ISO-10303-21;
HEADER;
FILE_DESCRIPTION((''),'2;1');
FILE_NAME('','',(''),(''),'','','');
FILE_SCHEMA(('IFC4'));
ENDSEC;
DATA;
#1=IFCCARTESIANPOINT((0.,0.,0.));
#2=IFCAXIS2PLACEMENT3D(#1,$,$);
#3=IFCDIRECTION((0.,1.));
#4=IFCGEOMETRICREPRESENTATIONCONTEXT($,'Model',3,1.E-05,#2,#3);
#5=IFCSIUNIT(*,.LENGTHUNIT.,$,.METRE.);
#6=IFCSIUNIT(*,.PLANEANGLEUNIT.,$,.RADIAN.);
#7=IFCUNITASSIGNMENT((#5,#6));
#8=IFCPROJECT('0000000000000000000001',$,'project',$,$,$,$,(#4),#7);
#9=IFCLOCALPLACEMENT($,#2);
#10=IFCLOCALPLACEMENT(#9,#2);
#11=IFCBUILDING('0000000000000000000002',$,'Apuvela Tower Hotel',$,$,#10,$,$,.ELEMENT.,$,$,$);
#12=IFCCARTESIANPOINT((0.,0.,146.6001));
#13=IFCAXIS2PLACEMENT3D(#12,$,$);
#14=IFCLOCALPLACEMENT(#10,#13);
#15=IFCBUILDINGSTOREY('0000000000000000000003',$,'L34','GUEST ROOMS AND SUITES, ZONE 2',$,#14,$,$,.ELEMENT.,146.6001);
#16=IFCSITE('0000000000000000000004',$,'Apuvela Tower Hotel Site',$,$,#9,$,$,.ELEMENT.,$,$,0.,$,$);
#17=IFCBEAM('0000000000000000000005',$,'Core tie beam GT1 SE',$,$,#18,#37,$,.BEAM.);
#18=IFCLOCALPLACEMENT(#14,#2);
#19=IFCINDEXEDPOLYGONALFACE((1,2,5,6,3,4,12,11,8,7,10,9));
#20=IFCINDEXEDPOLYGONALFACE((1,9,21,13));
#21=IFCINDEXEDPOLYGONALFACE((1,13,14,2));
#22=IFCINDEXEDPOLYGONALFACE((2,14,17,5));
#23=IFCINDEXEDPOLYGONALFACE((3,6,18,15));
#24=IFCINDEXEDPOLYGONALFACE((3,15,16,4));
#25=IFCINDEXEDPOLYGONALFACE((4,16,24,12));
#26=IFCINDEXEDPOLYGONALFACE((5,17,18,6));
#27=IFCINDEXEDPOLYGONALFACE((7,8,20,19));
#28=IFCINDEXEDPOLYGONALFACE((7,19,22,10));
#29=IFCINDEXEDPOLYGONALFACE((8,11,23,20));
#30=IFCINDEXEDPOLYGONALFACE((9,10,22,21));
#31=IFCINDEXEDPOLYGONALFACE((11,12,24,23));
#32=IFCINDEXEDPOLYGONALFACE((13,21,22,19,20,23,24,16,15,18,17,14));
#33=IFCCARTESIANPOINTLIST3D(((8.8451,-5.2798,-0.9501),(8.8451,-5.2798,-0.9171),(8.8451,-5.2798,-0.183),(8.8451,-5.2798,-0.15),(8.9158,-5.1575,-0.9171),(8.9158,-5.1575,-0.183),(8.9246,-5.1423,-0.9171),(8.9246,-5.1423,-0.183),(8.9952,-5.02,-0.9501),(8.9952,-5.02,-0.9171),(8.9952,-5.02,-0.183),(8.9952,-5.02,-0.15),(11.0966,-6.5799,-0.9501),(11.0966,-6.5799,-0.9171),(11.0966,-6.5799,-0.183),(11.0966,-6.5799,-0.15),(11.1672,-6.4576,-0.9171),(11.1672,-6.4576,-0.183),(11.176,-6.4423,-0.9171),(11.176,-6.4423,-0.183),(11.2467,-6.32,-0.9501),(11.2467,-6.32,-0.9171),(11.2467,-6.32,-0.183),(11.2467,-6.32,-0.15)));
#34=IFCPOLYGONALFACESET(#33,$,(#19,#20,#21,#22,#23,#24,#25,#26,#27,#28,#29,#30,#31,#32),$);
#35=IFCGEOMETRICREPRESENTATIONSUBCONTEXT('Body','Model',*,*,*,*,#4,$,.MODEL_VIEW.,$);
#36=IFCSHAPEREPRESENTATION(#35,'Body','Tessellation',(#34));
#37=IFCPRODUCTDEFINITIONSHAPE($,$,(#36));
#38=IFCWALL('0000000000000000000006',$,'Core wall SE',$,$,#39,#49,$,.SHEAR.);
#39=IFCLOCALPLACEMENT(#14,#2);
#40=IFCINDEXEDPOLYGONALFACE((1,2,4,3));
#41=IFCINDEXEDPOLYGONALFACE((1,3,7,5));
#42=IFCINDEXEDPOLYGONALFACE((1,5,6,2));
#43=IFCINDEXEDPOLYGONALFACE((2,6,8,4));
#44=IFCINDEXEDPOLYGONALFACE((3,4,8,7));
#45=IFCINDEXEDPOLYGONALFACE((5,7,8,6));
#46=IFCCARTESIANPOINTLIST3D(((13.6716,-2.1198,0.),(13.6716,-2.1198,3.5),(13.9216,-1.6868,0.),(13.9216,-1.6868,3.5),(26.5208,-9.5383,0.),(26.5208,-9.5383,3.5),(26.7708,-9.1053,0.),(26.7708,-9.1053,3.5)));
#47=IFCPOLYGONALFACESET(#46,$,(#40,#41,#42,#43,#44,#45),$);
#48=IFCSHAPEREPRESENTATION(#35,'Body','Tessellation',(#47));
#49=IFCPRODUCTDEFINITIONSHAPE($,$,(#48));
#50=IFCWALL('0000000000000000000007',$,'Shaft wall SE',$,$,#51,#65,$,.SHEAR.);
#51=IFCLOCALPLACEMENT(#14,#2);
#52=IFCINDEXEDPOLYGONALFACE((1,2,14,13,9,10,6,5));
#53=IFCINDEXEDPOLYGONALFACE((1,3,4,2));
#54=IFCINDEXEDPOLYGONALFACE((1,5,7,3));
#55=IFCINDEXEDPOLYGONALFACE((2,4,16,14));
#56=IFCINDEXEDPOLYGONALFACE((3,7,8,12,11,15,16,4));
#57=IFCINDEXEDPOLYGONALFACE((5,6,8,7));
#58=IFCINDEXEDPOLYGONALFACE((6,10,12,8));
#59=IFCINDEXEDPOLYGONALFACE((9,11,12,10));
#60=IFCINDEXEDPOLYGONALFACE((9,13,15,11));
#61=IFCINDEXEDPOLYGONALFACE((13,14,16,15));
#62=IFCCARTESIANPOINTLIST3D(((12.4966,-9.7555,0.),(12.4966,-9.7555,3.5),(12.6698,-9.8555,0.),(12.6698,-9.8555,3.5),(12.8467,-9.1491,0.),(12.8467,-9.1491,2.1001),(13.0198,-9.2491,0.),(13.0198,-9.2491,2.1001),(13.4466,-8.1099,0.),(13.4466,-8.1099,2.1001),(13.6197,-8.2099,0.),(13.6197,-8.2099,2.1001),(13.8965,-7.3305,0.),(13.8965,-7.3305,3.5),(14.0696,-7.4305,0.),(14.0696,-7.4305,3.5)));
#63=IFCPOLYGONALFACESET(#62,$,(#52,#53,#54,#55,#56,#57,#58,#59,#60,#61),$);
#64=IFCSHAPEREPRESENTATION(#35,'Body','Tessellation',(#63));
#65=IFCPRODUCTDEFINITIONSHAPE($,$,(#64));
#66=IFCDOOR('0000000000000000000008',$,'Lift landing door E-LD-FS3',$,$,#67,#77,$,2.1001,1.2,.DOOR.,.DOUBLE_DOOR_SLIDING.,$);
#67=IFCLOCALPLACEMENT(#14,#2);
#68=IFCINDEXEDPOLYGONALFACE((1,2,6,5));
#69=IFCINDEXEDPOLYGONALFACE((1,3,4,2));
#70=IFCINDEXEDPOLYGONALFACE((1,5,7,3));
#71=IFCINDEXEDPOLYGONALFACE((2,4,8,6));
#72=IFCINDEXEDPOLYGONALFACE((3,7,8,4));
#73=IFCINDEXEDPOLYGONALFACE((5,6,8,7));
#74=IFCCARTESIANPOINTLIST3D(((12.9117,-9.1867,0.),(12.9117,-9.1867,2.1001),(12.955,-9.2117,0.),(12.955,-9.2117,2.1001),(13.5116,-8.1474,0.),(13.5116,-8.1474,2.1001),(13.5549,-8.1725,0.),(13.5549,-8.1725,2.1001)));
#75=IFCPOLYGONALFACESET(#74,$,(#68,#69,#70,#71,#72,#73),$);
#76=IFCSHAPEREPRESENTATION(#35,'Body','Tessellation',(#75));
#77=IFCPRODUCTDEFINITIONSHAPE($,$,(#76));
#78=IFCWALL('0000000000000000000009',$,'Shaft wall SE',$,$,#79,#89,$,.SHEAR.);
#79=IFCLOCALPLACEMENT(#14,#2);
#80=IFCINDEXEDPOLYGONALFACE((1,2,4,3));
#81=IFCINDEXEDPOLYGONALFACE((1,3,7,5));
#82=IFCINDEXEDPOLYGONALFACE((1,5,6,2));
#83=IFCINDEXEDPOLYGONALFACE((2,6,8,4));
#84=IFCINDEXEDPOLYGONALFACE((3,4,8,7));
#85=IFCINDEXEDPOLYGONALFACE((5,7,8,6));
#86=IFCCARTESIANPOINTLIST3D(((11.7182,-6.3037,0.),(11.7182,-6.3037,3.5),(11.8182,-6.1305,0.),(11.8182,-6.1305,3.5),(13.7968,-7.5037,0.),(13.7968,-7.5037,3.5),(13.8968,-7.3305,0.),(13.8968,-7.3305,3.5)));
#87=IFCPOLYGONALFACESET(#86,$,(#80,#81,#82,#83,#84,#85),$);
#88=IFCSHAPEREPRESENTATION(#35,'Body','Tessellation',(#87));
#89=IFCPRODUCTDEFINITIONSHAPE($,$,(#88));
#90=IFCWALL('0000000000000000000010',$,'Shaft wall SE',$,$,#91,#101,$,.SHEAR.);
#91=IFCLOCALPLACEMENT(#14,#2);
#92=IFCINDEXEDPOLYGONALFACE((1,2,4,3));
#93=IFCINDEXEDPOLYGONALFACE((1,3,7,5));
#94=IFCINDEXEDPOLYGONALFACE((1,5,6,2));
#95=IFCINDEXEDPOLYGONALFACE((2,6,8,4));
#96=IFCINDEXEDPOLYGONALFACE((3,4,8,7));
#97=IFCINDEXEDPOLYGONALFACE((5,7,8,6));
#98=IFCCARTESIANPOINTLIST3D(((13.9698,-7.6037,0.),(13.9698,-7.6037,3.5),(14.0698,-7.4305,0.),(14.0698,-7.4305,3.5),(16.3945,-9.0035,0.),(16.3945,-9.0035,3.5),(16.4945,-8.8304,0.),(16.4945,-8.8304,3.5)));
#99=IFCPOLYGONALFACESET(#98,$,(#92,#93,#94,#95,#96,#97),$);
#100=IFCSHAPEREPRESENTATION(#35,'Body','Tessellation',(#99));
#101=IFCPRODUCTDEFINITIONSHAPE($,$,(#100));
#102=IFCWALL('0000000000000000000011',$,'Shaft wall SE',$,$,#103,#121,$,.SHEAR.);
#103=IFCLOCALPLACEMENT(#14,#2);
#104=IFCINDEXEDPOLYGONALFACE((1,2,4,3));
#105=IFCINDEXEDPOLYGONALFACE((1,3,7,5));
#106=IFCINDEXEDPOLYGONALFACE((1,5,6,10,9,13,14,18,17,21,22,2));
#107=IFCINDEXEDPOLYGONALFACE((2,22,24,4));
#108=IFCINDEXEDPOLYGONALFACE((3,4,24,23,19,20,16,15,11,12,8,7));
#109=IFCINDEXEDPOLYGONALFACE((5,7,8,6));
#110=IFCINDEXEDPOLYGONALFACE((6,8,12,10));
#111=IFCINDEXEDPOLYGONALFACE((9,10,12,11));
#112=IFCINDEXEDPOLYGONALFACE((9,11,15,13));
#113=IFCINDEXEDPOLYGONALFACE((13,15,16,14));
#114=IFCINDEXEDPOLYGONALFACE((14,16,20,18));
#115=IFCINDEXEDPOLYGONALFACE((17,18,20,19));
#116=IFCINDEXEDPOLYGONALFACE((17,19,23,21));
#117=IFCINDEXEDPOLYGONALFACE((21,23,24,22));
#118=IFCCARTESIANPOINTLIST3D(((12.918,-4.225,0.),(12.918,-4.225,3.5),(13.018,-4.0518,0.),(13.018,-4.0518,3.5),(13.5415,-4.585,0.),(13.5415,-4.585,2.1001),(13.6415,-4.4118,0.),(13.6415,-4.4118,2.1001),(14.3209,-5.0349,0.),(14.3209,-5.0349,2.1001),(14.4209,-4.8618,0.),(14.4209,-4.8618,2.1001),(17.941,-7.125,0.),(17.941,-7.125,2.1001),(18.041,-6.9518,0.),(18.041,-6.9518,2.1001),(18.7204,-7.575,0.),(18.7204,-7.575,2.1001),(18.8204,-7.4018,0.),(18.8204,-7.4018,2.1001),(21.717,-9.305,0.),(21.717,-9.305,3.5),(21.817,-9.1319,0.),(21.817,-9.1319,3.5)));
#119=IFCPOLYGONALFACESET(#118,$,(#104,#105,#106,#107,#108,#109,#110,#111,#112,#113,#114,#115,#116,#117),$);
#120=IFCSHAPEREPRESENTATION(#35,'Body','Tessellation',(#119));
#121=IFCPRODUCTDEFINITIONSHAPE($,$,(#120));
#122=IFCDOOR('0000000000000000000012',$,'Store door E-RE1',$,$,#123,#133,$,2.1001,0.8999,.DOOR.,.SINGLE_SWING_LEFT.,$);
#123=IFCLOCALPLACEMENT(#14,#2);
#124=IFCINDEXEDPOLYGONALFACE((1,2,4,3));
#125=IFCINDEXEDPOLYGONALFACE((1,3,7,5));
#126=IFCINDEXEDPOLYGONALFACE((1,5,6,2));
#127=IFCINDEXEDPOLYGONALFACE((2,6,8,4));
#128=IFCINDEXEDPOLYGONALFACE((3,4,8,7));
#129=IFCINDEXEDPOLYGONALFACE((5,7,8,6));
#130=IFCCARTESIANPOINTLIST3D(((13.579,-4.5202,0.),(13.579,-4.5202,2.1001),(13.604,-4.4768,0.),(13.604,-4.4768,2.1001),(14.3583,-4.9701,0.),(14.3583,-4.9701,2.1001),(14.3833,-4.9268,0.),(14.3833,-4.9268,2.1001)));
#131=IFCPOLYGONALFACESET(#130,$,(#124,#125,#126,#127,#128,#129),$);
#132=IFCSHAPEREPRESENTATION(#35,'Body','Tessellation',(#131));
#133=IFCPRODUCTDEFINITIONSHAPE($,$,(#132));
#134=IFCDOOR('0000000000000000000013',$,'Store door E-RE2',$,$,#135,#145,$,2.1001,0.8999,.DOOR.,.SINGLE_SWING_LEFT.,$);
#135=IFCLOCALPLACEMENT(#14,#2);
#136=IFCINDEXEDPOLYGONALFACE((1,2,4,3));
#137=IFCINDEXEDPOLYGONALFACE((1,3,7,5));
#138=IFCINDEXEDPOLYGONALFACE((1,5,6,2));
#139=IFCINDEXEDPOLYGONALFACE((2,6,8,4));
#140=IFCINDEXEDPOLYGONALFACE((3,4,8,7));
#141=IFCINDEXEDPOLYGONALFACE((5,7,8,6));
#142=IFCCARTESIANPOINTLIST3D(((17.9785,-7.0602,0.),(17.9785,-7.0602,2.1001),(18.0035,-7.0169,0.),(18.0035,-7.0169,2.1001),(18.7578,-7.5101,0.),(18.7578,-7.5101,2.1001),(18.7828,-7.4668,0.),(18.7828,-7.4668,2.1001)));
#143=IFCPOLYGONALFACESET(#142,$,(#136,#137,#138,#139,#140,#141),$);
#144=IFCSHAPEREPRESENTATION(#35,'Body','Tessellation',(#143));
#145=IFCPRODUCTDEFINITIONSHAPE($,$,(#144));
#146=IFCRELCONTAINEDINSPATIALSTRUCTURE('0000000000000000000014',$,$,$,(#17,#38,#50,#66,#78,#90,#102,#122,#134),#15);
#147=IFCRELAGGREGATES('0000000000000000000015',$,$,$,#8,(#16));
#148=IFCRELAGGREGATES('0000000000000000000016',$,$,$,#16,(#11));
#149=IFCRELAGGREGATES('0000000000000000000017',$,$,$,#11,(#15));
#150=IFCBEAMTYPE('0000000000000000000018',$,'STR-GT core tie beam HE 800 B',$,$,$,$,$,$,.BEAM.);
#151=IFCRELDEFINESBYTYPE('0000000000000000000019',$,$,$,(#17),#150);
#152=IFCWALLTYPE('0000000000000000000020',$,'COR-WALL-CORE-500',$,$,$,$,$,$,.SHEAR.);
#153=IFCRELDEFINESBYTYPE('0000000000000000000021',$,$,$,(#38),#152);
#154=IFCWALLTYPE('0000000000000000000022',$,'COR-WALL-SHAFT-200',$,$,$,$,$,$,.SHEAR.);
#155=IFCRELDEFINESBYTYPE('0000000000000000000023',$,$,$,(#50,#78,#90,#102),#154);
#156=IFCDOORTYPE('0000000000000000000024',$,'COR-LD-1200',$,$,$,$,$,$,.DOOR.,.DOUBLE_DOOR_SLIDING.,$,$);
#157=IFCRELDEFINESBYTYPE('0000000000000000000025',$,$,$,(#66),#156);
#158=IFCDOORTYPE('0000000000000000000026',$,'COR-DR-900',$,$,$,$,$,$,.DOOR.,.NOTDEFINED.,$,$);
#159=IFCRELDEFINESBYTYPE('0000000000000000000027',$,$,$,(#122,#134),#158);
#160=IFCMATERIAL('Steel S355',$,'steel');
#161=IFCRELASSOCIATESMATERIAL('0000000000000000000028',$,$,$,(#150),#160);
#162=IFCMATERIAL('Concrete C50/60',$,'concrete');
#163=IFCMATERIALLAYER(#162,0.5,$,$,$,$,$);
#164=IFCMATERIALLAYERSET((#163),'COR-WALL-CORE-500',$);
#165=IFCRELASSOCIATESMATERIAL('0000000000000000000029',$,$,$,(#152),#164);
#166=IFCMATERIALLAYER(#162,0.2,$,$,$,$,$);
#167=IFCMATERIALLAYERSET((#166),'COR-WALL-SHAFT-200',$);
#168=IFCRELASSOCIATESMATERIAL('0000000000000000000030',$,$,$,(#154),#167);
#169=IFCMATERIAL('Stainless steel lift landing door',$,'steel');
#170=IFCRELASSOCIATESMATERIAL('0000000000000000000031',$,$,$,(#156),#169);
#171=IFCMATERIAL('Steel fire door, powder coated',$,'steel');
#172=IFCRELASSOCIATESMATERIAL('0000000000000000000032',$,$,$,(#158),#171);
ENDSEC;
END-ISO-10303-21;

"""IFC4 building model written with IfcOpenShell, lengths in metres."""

from ifc_helpers import new_model, si_unit, direction, frame, frame_2d, origin, origin_2d, place, context, subcontext, project, spatial, rectangle, i_section, extrude, material, layer, layer_set, material_profile, profile_set, type_object, element, fill, save


model = new_model("IFC4")

# Units and contexts
model_context = context("Model", 3, precision=1e-05, world=origin(), true_north=direction((0.0, 1.0)))
body_context = subcontext(model_context, "Body", "Model", "MODEL_VIEW")
ifc_project = project(units=[si_unit("LENGTHUNIT", "METRE"), si_unit("PLANEANGLEUNIT", "RADIAN")], contexts=[model_context])

# Site, building, storey
site_placement = place(None, origin())
site = spatial("IfcSite", under=ifc_project, at=site_placement, Name="Apuvela Tower Hotel Site", CompositionType="ELEMENT", RefElevation=0.0)
building_placement = place(site_placement, origin())
building = spatial("IfcBuilding", under=site, at=building_placement, Name="Apuvela Tower Hotel", CompositionType="ELEMENT")
storey_placement = place(building_placement, frame((0.0, 0.0, 146.6001)))
storey = spatial("IfcBuildingStorey", under=building, at=storey_placement, Name="L34", Description="GUEST ROOMS AND SUITES, ZONE 2", CompositionType="ELEMENT", Elevation=146.6001)

# Beam
ifc_material_1 = material(Name="Steel S355", Category="steel")
ifc_material_profile = material_profile(ifc_material_1, i_section(OverallWidth=0.3, OverallDepth=0.8, WebThickness=0.0176, FlangeThickness=0.033, at=origin_2d()), Name="HE 800 B")
ifc_profile_set = profile_set([ifc_material_profile], Name="Steel S355")
beam_type = type_object("IfcBeamType", Name="STR-GT core tie beam HE 800 B", PredefinedType="BEAM", material=ifc_profile_set)
beam_placement = place(storey_placement, frame((11.1716, -6.45, -0.55), z_axis=(-0.865998, 0.500048, 0.0), x_axis=(-0.500048, -0.865998, 0.0)))
element("IfcBeam", 1, at=beam_placement, inside=storey, type_object=beam_type, Name="Core tie beam GT1 SE", PredefinedType="BEAM", context=body_context, shape_type="SweptSolid", body=[
    extrude(i_section(OverallWidth=0.3, OverallDepth=0.8, WebThickness=0.0176, FlangeThickness=0.033, at=origin_2d()), origin(), (0.0, 0.0, 1.0), 2.5999),
])

# Wall
ifc_material_2 = material(Name="Concrete C50/60", Category="concrete")
ifc_layer_1 = layer(ifc_material_2, 0.5)
ifc_layer_set_1 = layer_set([ifc_layer_1], Name="COR-WALL-CORE-500")
wall_type_1 = type_object("IfcWallType", Name="COR-WALL-CORE-500", PredefinedType="SHEAR", material=ifc_layer_set_1)
wall_1_placement = place(storey_placement, frame((13.7966, -1.9033, 0.0), z_axis=(0.0, 0.0, 1.0), x_axis=(0.866025, -0.500001, 0.0)))
element("IfcWall", 2, at=wall_1_placement, inside=storey, type_object=wall_type_1, Name="Core wall SE", PredefinedType="SHEAR", context=body_context, shape_type="SweptSolid", body=[
    extrude(rectangle(XDim=14.8369, YDim=0.5, at=frame_2d((7.4185, 0.0))), origin(), (0.0, 0.0, 1.0), 3.5),
])

# Wall, opening, door
ifc_layer_2 = layer(ifc_material_2, 0.2)
ifc_layer_set_2 = layer_set([ifc_layer_2], Name="COR-WALL-SHAFT-200")
wall_type_2 = type_object("IfcWallType", Name="COR-WALL-SHAFT-200", PredefinedType="SHEAR", material=ifc_layer_set_2)
wall_2_placement = place(storey_placement, frame((12.5833, -9.8054, 0.0), z_axis=(0.0, 0.0, 1.0), x_axis=(0.499946, 0.866056, 0.0)))
wall_2 = element("IfcWall", 3, at=wall_2_placement, inside=storey, type_object=wall_type_2, Name="Shaft wall SE", PredefinedType="SHEAR", context=body_context, shape_type="SweptSolid", body=[
    extrude(rectangle(XDim=2.8, YDim=0.2, at=frame_2d((1.3999, 0.0))), origin(), (0.0, 0.0, 1.0), 3.5),
])
opening_1_placement = place(wall_2_placement, frame((0.7, 0.0, 0.0)))
opening_1 = element("IfcOpeningElement", 4, at=opening_1_placement, cuts=wall_2, PredefinedType="OPENING", context=body_context, shape_type="SweptSolid", body=[
    extrude(rectangle(XDim=1.2, YDim=2.1001, at=frame_2d((0.6001, 1.05))), frame((0.0, 0.1099, 0.0), z_axis=(0.0, -1.0, 0.0), x_axis=(1.0, 0.0, 0.0)), (0.0, 0.0, 1.0), 0.22),
])
ifc_material_3 = material(Name="Stainless steel lift landing door", Category="steel")
door_type_1 = type_object("IfcDoorType", Name="COR-LD-1200", OperationType="DOUBLE_DOOR_SLIDING", PredefinedType="DOOR", material=ifc_material_3)
door_1_placement = place(opening_1_placement, origin())
door_1 = element("IfcDoor", 5, at=door_1_placement, inside=storey, type_object=door_type_1, Name="Lift landing door E-LD-FS3", OperationType="DOUBLE_DOOR_SLIDING", OverallHeight=2.1001, OverallWidth=1.2, PredefinedType="DOOR", context=body_context, shape_type="SweptSolid", body=[
    extrude(rectangle(XDim=1.2, YDim=2.1001, at=frame_2d((0.6001, 1.05))), frame((0.0, 0.0249, 0.0), z_axis=(0.0, -1.0, 0.0), x_axis=(1.0, 0.0, 0.0)), (0.0, 0.0, 1.0), 0.05),
])
fill(opening_1, door_1)

# Walls
wall_3_placement = place(storey_placement, frame((11.7681, -6.217, 0.0), z_axis=(0.0, 0.0, 1.0), x_axis=(0.86605, -0.499957, 0.0)))
element("IfcWall", 6, at=wall_3_placement, inside=storey, type_object=wall_type_2, Name="Shaft wall SE", PredefinedType="SHEAR", context=body_context, shape_type="SweptSolid", body=[
    extrude(rectangle(XDim=2.4001, YDim=0.2, at=frame_2d((1.2002, 0.0))), origin(), (0.0, 0.0, 1.0), 3.5),
])
wall_4_placement = place(storey_placement, frame((14.0198, -7.5171, 0.0), z_axis=(0.0, 0.0, 1.0), x_axis=(0.866035, -0.499984, 0.0)))
element("IfcWall", 7, at=wall_4_placement, inside=storey, type_object=wall_type_2, Name="Shaft wall SE", PredefinedType="SHEAR", context=body_context, shape_type="SweptSolid", body=[
    extrude(rectangle(XDim=2.7998, YDim=0.2, at=frame_2d((1.3999, 0.0))), origin(), (0.0, 0.0, 1.0), 3.5),
])

# Wall, openings, doors
wall_5_placement = place(storey_placement, frame((12.968, -4.1384, 0.0), z_axis=(0.0, 0.0, 1.0), x_axis=(0.866028, -0.499995, 0.0)))
wall_5 = element("IfcWall", 8, at=wall_5_placement, inside=storey, type_object=wall_type_2, Name="Shaft wall SE", PredefinedType="SHEAR", context=body_context, shape_type="SweptSolid", body=[
    extrude(rectangle(XDim=10.1602, YDim=0.2, at=frame_2d((5.0801, 0.0))), origin(), (0.0, 0.0, 1.0), 3.5),
])
opening_2_placement = place(wall_5_placement, frame((0.72, 0.0, 0.0)))
opening_2 = element("IfcOpeningElement", 9, at=opening_2_placement, cuts=wall_5, PredefinedType="OPENING", context=body_context, shape_type="SweptSolid", body=[
    extrude(rectangle(XDim=0.8999, YDim=2.1001, at=frame_2d((0.45, 1.05))), frame((0.0, 0.1099, 0.0), z_axis=(0.0, -1.0, 0.0), x_axis=(1.0, 0.0, 0.0)), (0.0, 0.0, 1.0), 0.22),
])
opening_3_placement = place(wall_5_placement, frame((5.8, 0.0, 0.0)))
opening_3 = element("IfcOpeningElement", 10, at=opening_3_placement, cuts=wall_5, PredefinedType="OPENING", context=body_context, shape_type="SweptSolid", body=[
    extrude(rectangle(XDim=0.8999, YDim=2.1001, at=frame_2d((0.45, 1.05))), frame((0.0, 0.1099, 0.0), z_axis=(0.0, -1.0, 0.0), x_axis=(1.0, 0.0, 0.0)), (0.0, 0.0, 1.0), 0.22),
])
ifc_material_4 = material(Name="Steel fire door, powder coated", Category="steel")
door_type_2 = type_object("IfcDoorType", Name="COR-DR-900", OperationType="NOTDEFINED", PredefinedType="DOOR", material=ifc_material_4)
door_2_placement = place(opening_2_placement, origin())
door_2 = element("IfcDoor", 11, at=door_2_placement, inside=storey, type_object=door_type_2, Name="Store door E-RE1", OperationType="SINGLE_SWING_LEFT", OverallHeight=2.1001, OverallWidth=0.8999, PredefinedType="DOOR", context=body_context, shape_type="SweptSolid", body=[
    extrude(rectangle(XDim=0.8999, YDim=2.1001, at=frame_2d((0.45, 1.05))), frame((0.0, 0.0249, 0.0), z_axis=(0.0, -1.0, 0.0), x_axis=(1.0, 0.0, 0.0)), (0.0, 0.0, 1.0), 0.05),
])
fill(opening_2, door_2)
door_3_placement = place(opening_3_placement, origin())
door_3 = element("IfcDoor", 12, at=door_3_placement, inside=storey, type_object=door_type_2, Name="Store door E-RE2", OperationType="SINGLE_SWING_LEFT", OverallHeight=2.1001, OverallWidth=0.8999, PredefinedType="DOOR", context=body_context, shape_type="SweptSolid", body=[
    extrude(rectangle(XDim=0.8999, YDim=2.1001, at=frame_2d((0.45, 1.05))), frame((0.0, 0.0249, 0.0), z_axis=(0.0, -1.0, 0.0), x_axis=(1.0, 0.0, 0.0)), (0.0, 0.0, 1.0), 0.05),
])
fill(opening_3, door_3)

save(model, "model.ifc")
